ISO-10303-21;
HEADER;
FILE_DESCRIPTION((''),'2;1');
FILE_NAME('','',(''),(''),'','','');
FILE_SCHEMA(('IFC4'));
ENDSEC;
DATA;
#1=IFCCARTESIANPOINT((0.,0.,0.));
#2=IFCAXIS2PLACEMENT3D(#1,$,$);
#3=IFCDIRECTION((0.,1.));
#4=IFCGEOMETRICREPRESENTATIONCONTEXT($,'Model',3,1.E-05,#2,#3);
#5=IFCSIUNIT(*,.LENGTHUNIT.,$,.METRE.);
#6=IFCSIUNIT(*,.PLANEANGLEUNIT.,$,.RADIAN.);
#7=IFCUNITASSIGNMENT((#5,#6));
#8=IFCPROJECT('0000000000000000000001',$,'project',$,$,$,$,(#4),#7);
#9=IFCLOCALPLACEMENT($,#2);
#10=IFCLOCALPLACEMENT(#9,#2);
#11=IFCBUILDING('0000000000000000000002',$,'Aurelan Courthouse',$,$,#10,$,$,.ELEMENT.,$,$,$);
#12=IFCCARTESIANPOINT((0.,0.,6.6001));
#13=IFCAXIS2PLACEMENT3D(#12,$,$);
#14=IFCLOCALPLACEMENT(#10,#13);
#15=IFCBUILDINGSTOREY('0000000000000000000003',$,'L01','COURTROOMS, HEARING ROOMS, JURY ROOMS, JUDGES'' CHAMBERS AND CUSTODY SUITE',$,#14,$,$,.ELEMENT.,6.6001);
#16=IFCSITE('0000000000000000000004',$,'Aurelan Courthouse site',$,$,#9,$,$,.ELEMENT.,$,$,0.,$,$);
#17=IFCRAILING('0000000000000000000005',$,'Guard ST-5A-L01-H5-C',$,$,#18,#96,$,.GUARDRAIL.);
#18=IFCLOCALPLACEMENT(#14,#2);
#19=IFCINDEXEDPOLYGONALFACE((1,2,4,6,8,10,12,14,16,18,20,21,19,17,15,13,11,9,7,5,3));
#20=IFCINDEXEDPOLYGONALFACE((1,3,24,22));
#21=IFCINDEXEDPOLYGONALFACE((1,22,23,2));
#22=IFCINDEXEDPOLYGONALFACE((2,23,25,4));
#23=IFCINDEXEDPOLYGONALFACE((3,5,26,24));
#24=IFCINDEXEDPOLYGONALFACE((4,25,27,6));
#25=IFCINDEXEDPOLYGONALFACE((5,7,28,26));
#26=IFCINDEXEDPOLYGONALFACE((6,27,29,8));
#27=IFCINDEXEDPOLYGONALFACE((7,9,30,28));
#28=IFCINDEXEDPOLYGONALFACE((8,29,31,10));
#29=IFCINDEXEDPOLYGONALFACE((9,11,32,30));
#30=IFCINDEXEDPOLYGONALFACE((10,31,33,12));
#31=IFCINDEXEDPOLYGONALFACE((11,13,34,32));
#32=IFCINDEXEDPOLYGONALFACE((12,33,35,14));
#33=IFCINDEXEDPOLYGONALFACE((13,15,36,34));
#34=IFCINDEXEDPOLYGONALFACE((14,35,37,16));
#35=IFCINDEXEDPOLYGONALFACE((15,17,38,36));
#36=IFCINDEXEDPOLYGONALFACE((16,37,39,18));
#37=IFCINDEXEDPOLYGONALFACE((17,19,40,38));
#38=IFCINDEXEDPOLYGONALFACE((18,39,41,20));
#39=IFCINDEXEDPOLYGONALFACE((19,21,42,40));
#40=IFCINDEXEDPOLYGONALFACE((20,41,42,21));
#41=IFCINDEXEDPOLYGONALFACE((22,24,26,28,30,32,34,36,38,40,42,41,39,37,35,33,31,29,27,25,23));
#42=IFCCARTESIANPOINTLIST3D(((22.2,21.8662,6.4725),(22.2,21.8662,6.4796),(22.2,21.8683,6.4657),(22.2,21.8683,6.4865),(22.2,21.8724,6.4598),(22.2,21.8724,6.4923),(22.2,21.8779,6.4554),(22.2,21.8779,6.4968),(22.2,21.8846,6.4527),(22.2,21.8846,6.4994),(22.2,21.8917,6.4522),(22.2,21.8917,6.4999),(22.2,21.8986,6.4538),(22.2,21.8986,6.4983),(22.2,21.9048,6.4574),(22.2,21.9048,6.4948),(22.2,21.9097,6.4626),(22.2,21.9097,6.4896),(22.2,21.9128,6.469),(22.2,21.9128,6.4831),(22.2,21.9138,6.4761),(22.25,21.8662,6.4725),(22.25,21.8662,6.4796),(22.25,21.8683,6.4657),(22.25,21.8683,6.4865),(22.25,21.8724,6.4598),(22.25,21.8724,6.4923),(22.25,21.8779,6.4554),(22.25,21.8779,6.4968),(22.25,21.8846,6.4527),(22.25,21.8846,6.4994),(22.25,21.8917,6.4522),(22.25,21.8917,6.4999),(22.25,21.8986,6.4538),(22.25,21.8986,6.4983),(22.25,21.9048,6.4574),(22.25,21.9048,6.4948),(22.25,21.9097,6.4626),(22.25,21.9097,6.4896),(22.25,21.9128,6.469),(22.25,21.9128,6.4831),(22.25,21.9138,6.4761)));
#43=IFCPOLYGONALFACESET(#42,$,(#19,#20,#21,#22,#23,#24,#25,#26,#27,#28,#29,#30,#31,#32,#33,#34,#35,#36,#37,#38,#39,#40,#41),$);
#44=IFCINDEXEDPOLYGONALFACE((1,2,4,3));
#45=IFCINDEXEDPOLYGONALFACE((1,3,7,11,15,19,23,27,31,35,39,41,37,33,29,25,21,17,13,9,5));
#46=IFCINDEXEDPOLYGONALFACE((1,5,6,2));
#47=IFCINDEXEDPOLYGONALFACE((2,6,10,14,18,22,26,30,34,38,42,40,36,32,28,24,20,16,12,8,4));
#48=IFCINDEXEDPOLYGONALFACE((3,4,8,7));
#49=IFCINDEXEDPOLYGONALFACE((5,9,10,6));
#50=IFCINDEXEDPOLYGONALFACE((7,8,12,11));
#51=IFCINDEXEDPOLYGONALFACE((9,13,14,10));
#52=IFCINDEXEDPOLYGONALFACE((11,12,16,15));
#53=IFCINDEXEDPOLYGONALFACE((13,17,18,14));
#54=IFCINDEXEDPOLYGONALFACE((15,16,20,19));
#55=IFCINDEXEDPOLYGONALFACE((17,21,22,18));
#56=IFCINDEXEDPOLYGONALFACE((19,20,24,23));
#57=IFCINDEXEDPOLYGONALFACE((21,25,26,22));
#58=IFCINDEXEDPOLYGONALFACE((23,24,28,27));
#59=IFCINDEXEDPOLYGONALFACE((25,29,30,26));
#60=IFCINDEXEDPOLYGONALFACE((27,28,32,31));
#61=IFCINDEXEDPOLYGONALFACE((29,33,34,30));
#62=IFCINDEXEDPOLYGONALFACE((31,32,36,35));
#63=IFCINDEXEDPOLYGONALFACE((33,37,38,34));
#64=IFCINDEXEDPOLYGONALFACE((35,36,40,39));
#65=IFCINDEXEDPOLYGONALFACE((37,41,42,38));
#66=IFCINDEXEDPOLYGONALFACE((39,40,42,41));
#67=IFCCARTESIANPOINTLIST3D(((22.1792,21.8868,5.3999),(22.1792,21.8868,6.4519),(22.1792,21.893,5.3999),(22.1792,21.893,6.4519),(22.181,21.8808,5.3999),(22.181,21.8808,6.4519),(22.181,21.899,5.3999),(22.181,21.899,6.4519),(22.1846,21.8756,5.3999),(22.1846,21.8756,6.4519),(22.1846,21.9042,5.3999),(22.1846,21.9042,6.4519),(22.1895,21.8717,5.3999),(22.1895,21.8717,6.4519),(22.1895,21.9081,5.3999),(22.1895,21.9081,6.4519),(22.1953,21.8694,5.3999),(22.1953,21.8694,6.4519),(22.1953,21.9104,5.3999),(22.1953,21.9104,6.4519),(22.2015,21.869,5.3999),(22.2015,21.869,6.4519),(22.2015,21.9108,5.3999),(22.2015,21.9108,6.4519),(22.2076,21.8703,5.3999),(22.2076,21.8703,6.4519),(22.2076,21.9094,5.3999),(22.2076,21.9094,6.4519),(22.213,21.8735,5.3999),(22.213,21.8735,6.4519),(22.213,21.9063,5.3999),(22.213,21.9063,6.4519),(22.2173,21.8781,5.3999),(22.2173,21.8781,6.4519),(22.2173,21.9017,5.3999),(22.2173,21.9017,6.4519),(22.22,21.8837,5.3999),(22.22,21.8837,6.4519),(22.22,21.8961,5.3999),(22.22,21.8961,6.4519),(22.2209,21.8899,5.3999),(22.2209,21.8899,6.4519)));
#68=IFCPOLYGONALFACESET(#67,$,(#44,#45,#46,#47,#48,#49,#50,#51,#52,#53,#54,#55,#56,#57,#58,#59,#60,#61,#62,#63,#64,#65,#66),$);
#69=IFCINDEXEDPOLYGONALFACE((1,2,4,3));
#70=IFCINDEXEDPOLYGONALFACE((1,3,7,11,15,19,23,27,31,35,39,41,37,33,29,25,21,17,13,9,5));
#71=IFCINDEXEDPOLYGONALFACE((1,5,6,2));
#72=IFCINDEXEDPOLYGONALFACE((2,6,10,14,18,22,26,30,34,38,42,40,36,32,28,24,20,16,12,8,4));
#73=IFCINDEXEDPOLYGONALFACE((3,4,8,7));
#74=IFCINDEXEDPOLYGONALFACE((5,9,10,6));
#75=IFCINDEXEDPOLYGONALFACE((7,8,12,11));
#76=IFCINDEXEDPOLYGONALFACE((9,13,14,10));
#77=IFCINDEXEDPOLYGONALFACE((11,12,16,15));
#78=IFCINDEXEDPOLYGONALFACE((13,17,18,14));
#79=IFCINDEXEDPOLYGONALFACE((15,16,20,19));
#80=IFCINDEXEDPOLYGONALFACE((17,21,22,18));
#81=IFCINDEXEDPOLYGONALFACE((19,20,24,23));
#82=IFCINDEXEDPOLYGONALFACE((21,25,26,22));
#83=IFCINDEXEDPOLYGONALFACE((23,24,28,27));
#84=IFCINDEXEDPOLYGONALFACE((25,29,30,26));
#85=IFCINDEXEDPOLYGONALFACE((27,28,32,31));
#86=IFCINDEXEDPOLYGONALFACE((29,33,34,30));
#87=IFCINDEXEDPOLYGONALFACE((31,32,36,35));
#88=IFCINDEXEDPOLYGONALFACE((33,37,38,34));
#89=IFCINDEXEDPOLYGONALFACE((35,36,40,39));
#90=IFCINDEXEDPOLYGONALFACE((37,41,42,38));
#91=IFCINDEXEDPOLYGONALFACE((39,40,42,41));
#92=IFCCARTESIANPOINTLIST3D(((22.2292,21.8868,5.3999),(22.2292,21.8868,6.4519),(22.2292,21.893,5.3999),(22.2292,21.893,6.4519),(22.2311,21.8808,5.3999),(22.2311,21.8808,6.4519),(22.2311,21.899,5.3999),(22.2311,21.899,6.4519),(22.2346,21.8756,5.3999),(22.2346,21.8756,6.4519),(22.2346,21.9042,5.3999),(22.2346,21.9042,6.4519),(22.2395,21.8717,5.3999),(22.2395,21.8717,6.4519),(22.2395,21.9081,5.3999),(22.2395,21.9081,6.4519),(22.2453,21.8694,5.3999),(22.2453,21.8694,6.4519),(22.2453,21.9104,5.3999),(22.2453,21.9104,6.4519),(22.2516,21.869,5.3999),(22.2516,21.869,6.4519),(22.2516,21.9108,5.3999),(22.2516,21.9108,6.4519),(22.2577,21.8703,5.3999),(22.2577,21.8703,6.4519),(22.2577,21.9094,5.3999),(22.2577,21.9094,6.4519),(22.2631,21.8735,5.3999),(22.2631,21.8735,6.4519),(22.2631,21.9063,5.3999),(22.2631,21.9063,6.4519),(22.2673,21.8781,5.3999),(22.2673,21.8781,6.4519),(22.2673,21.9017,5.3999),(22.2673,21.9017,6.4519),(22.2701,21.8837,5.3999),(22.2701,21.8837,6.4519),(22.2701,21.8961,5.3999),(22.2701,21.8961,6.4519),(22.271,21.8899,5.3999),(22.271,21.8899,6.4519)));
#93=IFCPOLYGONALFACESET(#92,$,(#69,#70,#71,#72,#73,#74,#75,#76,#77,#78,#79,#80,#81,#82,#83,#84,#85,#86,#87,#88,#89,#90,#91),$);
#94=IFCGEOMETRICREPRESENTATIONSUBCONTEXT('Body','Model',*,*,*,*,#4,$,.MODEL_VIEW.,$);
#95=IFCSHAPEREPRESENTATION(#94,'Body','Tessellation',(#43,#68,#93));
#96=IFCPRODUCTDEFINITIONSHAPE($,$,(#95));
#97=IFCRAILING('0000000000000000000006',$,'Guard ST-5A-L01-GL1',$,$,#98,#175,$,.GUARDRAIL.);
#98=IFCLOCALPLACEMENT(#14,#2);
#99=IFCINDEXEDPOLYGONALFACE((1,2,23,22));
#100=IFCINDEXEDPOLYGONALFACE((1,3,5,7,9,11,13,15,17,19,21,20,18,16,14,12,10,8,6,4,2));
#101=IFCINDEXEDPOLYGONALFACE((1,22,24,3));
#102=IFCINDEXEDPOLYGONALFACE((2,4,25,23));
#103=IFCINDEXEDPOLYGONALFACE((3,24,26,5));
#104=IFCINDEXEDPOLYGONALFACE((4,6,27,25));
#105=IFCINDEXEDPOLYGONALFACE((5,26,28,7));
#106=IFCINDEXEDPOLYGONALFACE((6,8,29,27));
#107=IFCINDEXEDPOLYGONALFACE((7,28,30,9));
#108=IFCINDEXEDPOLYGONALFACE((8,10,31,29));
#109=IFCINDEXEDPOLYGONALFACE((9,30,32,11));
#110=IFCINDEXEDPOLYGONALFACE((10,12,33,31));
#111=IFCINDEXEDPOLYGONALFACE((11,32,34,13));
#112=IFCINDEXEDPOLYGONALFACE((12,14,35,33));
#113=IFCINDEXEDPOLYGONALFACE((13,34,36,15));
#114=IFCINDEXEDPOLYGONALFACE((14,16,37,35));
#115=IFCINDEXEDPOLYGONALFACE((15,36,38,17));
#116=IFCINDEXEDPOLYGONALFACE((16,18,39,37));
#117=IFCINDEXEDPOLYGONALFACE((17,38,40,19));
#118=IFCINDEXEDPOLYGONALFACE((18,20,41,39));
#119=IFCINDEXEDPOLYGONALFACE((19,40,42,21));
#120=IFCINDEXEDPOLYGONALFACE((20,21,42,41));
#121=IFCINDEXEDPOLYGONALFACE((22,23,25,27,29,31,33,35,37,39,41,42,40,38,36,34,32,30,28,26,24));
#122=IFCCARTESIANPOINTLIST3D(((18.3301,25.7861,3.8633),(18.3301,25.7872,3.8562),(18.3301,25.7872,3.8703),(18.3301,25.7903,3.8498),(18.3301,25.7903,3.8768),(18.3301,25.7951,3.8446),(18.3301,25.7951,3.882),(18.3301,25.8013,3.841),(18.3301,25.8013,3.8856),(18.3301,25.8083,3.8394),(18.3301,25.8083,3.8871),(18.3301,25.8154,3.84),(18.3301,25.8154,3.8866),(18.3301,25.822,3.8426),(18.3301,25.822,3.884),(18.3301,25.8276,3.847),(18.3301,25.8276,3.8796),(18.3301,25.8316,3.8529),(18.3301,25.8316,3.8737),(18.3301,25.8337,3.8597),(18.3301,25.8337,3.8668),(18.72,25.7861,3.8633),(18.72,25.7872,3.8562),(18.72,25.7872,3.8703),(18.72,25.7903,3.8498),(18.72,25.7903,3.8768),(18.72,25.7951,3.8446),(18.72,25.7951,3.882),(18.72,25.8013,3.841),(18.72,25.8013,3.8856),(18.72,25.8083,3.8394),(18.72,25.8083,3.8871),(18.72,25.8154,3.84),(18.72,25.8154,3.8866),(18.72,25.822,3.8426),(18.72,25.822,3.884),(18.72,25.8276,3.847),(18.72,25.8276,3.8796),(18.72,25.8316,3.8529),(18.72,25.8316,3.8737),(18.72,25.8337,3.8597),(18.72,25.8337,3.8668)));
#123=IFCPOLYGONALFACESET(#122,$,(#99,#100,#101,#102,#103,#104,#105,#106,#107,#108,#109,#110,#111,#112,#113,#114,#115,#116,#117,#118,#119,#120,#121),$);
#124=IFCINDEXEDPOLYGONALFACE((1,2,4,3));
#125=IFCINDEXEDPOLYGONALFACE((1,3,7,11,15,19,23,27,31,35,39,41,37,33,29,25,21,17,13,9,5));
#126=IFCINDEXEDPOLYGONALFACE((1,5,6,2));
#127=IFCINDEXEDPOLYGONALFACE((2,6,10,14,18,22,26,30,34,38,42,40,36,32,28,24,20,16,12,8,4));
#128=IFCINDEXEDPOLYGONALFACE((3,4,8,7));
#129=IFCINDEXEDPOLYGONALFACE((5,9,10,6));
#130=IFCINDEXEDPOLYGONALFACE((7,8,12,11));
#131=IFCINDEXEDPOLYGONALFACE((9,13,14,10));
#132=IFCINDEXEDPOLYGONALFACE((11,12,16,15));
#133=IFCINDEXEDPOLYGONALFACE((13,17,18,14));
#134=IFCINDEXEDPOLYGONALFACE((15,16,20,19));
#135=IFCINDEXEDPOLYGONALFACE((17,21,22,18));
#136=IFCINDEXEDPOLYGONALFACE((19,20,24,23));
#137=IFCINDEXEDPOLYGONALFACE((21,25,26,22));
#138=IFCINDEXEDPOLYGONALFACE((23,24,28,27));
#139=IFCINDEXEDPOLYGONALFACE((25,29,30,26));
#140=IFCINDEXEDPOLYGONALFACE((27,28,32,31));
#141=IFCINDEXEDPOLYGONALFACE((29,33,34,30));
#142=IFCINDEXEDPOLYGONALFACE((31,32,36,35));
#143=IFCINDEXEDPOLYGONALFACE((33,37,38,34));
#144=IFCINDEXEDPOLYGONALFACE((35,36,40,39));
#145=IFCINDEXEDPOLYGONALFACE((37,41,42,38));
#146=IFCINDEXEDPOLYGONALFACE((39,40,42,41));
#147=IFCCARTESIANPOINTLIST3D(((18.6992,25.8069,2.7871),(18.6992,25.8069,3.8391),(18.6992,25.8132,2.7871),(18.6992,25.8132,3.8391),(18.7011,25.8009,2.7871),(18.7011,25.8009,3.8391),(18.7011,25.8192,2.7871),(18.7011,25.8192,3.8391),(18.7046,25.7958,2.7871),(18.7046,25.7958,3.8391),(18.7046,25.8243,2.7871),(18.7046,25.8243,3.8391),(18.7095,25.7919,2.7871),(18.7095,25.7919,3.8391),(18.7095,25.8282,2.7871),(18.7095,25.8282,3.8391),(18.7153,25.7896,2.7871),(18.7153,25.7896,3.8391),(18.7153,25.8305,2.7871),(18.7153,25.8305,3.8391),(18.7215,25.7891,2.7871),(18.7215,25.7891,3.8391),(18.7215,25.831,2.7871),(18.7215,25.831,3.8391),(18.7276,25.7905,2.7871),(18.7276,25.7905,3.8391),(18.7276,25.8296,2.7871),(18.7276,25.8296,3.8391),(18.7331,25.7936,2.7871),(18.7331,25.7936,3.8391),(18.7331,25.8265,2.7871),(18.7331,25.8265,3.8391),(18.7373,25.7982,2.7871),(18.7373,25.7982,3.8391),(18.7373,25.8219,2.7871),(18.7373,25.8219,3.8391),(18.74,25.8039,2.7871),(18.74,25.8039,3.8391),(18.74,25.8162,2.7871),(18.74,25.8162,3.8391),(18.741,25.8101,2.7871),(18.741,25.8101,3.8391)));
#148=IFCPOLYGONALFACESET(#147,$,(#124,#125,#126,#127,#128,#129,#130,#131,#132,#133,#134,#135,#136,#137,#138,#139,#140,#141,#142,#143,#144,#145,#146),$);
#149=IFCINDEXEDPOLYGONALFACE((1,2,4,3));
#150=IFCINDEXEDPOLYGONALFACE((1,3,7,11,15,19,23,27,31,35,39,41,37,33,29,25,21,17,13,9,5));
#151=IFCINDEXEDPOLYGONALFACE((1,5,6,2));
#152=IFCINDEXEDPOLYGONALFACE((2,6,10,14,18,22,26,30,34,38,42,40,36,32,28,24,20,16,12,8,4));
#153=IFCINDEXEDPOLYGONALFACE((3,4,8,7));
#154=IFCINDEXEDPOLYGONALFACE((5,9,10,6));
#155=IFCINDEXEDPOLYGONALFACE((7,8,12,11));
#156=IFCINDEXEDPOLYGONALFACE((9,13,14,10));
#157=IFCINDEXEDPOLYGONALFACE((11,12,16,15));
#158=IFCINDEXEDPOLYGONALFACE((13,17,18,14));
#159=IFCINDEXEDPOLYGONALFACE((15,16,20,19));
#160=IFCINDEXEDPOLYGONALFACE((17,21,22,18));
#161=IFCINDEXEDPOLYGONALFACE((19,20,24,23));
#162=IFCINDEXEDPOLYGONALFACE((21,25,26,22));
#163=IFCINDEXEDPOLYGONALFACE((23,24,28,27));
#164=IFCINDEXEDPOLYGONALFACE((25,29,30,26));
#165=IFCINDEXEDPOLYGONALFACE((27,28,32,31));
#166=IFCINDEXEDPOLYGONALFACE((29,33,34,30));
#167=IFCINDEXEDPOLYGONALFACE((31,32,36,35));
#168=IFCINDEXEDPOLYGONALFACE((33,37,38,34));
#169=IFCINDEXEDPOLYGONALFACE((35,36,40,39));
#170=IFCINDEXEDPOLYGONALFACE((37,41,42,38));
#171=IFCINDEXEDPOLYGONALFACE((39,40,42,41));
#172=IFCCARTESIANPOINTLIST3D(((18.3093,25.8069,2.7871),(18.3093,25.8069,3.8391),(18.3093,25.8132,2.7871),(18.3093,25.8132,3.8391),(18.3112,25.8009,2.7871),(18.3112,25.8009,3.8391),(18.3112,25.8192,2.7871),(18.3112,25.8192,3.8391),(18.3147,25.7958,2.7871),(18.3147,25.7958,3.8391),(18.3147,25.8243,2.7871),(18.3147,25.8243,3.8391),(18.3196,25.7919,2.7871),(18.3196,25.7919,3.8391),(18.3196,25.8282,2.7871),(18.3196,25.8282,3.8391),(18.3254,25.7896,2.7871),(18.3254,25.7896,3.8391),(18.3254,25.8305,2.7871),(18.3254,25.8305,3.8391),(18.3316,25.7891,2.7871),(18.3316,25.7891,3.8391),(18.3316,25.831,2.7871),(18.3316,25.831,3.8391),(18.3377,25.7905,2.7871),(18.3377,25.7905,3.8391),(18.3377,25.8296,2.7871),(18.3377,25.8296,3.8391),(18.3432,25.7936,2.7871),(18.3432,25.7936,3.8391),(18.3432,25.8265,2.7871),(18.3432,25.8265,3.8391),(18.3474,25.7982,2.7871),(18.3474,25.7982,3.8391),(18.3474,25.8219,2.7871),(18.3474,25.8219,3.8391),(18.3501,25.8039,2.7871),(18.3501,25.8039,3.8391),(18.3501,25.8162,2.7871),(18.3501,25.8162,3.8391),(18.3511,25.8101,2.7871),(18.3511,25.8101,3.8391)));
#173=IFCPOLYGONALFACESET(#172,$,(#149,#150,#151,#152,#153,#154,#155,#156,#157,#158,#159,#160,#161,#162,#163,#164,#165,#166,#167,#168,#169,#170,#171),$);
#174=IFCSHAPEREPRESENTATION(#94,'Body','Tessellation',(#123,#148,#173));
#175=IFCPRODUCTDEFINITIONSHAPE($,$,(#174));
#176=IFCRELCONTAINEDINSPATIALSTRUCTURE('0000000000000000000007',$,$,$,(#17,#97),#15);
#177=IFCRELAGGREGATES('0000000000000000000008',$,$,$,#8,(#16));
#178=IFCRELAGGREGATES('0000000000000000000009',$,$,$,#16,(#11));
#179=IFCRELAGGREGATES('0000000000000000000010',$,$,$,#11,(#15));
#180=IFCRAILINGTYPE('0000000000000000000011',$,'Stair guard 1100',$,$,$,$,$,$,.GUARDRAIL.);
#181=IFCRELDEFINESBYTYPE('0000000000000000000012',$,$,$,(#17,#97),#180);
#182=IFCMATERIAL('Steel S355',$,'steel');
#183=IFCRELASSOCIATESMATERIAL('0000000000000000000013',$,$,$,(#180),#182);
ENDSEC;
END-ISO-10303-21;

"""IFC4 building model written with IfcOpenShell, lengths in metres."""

from ifc_helpers import new_model, si_unit, direction, frame, origin, origin_2d, place, context, subcontext, project, spatial, circle, extrude, material, type_object, element, save


model = new_model("IFC4")

# Units and contexts
model_context = context("Model", 3, precision=1e-05, world=origin(), true_north=direction((0.0, 1.0)))
body_context = subcontext(model_context, "Body", "Model", "MODEL_VIEW")
ifc_project = project(units=[si_unit("LENGTHUNIT", "METRE"), si_unit("PLANEANGLEUNIT", "RADIAN")], contexts=[model_context])

# Site, building, storey
site_placement = place(None, origin())
site = spatial("IfcSite", under=ifc_project, at=site_placement, Name="Aurelan Courthouse site", CompositionType="ELEMENT", RefElevation=0.0)
building_placement = place(site_placement, origin())
building = spatial("IfcBuilding", under=site, at=building_placement, Name="Aurelan Courthouse", CompositionType="ELEMENT")
storey_placement = place(building_placement, frame((0.0, 0.0, 6.6001)))
storey = spatial("IfcBuildingStorey", under=building, at=storey_placement, Name="L01", Description="COURTROOMS, HEARING ROOMS, JURY ROOMS, JUDGES' CHAMBERS AND CUSTODY SUITE", CompositionType="ELEMENT", Elevation=6.6001)

# Shared definitions
ifc_material_1 = material(Name="Steel S355", Category="steel")

# Railings
railing_type_1 = type_object("IfcRailingType", Name="Stair guard 1100", PredefinedType="GUARDRAIL", material=ifc_material_1)
railing_1_placement = place(storey_placement, frame((22.2, 21.8899, 5.3999)))
element("IfcRailing", 1, at=railing_1_placement, inside=storey, type_object=railing_type_1, Name="Guard ST-5A-L01-H5-C", PredefinedType="GUARDRAIL", context=body_context, shape_type="SweptSolid", body=[
    extrude(circle(Radius=0.0239, at=origin_2d()), frame((0.0, 0.0, 1.0762), z_axis=(1.0, 0.0, 0.0), x_axis=(0.0, 1.0, 0.0)), (0.0, 0.0, 1.0), 0.05),
    extrude(circle(Radius=0.021, at=origin_2d()), origin(), (0.0, 0.0, 1.0), 1.052),
    extrude(circle(Radius=0.021, at=origin_2d()), frame((0.05, 0.0, 0.0)), (0.0, 0.0, 1.0), 1.052),
])
railing_2_placement = place(storey_placement, frame((18.72, 25.8101, 2.7871)))
element("IfcRailing", 2, at=railing_2_placement, inside=storey, type_object=railing_type_1, Name="Guard ST-5A-L01-GL1", PredefinedType="GUARDRAIL", context=body_context, shape_type="SweptSolid", body=[
    extrude(circle(Radius=0.0239, at=origin_2d()), frame((0.0, 0.0, 1.0762), z_axis=(-1.0, 0.0, 0.0), x_axis=(0.0, -1.0, 0.0)), (0.0, 0.0, 1.0), 0.3899),
    extrude(circle(Radius=0.021, at=origin_2d()), origin(), (0.0, 0.0, 1.0), 1.052),
    extrude(circle(Radius=0.021, at=origin_2d()), frame((-0.3899, 0.0, 0.0)), (0.0, 0.0, 1.0), 1.052),
])

save(model, "model.ifc")
